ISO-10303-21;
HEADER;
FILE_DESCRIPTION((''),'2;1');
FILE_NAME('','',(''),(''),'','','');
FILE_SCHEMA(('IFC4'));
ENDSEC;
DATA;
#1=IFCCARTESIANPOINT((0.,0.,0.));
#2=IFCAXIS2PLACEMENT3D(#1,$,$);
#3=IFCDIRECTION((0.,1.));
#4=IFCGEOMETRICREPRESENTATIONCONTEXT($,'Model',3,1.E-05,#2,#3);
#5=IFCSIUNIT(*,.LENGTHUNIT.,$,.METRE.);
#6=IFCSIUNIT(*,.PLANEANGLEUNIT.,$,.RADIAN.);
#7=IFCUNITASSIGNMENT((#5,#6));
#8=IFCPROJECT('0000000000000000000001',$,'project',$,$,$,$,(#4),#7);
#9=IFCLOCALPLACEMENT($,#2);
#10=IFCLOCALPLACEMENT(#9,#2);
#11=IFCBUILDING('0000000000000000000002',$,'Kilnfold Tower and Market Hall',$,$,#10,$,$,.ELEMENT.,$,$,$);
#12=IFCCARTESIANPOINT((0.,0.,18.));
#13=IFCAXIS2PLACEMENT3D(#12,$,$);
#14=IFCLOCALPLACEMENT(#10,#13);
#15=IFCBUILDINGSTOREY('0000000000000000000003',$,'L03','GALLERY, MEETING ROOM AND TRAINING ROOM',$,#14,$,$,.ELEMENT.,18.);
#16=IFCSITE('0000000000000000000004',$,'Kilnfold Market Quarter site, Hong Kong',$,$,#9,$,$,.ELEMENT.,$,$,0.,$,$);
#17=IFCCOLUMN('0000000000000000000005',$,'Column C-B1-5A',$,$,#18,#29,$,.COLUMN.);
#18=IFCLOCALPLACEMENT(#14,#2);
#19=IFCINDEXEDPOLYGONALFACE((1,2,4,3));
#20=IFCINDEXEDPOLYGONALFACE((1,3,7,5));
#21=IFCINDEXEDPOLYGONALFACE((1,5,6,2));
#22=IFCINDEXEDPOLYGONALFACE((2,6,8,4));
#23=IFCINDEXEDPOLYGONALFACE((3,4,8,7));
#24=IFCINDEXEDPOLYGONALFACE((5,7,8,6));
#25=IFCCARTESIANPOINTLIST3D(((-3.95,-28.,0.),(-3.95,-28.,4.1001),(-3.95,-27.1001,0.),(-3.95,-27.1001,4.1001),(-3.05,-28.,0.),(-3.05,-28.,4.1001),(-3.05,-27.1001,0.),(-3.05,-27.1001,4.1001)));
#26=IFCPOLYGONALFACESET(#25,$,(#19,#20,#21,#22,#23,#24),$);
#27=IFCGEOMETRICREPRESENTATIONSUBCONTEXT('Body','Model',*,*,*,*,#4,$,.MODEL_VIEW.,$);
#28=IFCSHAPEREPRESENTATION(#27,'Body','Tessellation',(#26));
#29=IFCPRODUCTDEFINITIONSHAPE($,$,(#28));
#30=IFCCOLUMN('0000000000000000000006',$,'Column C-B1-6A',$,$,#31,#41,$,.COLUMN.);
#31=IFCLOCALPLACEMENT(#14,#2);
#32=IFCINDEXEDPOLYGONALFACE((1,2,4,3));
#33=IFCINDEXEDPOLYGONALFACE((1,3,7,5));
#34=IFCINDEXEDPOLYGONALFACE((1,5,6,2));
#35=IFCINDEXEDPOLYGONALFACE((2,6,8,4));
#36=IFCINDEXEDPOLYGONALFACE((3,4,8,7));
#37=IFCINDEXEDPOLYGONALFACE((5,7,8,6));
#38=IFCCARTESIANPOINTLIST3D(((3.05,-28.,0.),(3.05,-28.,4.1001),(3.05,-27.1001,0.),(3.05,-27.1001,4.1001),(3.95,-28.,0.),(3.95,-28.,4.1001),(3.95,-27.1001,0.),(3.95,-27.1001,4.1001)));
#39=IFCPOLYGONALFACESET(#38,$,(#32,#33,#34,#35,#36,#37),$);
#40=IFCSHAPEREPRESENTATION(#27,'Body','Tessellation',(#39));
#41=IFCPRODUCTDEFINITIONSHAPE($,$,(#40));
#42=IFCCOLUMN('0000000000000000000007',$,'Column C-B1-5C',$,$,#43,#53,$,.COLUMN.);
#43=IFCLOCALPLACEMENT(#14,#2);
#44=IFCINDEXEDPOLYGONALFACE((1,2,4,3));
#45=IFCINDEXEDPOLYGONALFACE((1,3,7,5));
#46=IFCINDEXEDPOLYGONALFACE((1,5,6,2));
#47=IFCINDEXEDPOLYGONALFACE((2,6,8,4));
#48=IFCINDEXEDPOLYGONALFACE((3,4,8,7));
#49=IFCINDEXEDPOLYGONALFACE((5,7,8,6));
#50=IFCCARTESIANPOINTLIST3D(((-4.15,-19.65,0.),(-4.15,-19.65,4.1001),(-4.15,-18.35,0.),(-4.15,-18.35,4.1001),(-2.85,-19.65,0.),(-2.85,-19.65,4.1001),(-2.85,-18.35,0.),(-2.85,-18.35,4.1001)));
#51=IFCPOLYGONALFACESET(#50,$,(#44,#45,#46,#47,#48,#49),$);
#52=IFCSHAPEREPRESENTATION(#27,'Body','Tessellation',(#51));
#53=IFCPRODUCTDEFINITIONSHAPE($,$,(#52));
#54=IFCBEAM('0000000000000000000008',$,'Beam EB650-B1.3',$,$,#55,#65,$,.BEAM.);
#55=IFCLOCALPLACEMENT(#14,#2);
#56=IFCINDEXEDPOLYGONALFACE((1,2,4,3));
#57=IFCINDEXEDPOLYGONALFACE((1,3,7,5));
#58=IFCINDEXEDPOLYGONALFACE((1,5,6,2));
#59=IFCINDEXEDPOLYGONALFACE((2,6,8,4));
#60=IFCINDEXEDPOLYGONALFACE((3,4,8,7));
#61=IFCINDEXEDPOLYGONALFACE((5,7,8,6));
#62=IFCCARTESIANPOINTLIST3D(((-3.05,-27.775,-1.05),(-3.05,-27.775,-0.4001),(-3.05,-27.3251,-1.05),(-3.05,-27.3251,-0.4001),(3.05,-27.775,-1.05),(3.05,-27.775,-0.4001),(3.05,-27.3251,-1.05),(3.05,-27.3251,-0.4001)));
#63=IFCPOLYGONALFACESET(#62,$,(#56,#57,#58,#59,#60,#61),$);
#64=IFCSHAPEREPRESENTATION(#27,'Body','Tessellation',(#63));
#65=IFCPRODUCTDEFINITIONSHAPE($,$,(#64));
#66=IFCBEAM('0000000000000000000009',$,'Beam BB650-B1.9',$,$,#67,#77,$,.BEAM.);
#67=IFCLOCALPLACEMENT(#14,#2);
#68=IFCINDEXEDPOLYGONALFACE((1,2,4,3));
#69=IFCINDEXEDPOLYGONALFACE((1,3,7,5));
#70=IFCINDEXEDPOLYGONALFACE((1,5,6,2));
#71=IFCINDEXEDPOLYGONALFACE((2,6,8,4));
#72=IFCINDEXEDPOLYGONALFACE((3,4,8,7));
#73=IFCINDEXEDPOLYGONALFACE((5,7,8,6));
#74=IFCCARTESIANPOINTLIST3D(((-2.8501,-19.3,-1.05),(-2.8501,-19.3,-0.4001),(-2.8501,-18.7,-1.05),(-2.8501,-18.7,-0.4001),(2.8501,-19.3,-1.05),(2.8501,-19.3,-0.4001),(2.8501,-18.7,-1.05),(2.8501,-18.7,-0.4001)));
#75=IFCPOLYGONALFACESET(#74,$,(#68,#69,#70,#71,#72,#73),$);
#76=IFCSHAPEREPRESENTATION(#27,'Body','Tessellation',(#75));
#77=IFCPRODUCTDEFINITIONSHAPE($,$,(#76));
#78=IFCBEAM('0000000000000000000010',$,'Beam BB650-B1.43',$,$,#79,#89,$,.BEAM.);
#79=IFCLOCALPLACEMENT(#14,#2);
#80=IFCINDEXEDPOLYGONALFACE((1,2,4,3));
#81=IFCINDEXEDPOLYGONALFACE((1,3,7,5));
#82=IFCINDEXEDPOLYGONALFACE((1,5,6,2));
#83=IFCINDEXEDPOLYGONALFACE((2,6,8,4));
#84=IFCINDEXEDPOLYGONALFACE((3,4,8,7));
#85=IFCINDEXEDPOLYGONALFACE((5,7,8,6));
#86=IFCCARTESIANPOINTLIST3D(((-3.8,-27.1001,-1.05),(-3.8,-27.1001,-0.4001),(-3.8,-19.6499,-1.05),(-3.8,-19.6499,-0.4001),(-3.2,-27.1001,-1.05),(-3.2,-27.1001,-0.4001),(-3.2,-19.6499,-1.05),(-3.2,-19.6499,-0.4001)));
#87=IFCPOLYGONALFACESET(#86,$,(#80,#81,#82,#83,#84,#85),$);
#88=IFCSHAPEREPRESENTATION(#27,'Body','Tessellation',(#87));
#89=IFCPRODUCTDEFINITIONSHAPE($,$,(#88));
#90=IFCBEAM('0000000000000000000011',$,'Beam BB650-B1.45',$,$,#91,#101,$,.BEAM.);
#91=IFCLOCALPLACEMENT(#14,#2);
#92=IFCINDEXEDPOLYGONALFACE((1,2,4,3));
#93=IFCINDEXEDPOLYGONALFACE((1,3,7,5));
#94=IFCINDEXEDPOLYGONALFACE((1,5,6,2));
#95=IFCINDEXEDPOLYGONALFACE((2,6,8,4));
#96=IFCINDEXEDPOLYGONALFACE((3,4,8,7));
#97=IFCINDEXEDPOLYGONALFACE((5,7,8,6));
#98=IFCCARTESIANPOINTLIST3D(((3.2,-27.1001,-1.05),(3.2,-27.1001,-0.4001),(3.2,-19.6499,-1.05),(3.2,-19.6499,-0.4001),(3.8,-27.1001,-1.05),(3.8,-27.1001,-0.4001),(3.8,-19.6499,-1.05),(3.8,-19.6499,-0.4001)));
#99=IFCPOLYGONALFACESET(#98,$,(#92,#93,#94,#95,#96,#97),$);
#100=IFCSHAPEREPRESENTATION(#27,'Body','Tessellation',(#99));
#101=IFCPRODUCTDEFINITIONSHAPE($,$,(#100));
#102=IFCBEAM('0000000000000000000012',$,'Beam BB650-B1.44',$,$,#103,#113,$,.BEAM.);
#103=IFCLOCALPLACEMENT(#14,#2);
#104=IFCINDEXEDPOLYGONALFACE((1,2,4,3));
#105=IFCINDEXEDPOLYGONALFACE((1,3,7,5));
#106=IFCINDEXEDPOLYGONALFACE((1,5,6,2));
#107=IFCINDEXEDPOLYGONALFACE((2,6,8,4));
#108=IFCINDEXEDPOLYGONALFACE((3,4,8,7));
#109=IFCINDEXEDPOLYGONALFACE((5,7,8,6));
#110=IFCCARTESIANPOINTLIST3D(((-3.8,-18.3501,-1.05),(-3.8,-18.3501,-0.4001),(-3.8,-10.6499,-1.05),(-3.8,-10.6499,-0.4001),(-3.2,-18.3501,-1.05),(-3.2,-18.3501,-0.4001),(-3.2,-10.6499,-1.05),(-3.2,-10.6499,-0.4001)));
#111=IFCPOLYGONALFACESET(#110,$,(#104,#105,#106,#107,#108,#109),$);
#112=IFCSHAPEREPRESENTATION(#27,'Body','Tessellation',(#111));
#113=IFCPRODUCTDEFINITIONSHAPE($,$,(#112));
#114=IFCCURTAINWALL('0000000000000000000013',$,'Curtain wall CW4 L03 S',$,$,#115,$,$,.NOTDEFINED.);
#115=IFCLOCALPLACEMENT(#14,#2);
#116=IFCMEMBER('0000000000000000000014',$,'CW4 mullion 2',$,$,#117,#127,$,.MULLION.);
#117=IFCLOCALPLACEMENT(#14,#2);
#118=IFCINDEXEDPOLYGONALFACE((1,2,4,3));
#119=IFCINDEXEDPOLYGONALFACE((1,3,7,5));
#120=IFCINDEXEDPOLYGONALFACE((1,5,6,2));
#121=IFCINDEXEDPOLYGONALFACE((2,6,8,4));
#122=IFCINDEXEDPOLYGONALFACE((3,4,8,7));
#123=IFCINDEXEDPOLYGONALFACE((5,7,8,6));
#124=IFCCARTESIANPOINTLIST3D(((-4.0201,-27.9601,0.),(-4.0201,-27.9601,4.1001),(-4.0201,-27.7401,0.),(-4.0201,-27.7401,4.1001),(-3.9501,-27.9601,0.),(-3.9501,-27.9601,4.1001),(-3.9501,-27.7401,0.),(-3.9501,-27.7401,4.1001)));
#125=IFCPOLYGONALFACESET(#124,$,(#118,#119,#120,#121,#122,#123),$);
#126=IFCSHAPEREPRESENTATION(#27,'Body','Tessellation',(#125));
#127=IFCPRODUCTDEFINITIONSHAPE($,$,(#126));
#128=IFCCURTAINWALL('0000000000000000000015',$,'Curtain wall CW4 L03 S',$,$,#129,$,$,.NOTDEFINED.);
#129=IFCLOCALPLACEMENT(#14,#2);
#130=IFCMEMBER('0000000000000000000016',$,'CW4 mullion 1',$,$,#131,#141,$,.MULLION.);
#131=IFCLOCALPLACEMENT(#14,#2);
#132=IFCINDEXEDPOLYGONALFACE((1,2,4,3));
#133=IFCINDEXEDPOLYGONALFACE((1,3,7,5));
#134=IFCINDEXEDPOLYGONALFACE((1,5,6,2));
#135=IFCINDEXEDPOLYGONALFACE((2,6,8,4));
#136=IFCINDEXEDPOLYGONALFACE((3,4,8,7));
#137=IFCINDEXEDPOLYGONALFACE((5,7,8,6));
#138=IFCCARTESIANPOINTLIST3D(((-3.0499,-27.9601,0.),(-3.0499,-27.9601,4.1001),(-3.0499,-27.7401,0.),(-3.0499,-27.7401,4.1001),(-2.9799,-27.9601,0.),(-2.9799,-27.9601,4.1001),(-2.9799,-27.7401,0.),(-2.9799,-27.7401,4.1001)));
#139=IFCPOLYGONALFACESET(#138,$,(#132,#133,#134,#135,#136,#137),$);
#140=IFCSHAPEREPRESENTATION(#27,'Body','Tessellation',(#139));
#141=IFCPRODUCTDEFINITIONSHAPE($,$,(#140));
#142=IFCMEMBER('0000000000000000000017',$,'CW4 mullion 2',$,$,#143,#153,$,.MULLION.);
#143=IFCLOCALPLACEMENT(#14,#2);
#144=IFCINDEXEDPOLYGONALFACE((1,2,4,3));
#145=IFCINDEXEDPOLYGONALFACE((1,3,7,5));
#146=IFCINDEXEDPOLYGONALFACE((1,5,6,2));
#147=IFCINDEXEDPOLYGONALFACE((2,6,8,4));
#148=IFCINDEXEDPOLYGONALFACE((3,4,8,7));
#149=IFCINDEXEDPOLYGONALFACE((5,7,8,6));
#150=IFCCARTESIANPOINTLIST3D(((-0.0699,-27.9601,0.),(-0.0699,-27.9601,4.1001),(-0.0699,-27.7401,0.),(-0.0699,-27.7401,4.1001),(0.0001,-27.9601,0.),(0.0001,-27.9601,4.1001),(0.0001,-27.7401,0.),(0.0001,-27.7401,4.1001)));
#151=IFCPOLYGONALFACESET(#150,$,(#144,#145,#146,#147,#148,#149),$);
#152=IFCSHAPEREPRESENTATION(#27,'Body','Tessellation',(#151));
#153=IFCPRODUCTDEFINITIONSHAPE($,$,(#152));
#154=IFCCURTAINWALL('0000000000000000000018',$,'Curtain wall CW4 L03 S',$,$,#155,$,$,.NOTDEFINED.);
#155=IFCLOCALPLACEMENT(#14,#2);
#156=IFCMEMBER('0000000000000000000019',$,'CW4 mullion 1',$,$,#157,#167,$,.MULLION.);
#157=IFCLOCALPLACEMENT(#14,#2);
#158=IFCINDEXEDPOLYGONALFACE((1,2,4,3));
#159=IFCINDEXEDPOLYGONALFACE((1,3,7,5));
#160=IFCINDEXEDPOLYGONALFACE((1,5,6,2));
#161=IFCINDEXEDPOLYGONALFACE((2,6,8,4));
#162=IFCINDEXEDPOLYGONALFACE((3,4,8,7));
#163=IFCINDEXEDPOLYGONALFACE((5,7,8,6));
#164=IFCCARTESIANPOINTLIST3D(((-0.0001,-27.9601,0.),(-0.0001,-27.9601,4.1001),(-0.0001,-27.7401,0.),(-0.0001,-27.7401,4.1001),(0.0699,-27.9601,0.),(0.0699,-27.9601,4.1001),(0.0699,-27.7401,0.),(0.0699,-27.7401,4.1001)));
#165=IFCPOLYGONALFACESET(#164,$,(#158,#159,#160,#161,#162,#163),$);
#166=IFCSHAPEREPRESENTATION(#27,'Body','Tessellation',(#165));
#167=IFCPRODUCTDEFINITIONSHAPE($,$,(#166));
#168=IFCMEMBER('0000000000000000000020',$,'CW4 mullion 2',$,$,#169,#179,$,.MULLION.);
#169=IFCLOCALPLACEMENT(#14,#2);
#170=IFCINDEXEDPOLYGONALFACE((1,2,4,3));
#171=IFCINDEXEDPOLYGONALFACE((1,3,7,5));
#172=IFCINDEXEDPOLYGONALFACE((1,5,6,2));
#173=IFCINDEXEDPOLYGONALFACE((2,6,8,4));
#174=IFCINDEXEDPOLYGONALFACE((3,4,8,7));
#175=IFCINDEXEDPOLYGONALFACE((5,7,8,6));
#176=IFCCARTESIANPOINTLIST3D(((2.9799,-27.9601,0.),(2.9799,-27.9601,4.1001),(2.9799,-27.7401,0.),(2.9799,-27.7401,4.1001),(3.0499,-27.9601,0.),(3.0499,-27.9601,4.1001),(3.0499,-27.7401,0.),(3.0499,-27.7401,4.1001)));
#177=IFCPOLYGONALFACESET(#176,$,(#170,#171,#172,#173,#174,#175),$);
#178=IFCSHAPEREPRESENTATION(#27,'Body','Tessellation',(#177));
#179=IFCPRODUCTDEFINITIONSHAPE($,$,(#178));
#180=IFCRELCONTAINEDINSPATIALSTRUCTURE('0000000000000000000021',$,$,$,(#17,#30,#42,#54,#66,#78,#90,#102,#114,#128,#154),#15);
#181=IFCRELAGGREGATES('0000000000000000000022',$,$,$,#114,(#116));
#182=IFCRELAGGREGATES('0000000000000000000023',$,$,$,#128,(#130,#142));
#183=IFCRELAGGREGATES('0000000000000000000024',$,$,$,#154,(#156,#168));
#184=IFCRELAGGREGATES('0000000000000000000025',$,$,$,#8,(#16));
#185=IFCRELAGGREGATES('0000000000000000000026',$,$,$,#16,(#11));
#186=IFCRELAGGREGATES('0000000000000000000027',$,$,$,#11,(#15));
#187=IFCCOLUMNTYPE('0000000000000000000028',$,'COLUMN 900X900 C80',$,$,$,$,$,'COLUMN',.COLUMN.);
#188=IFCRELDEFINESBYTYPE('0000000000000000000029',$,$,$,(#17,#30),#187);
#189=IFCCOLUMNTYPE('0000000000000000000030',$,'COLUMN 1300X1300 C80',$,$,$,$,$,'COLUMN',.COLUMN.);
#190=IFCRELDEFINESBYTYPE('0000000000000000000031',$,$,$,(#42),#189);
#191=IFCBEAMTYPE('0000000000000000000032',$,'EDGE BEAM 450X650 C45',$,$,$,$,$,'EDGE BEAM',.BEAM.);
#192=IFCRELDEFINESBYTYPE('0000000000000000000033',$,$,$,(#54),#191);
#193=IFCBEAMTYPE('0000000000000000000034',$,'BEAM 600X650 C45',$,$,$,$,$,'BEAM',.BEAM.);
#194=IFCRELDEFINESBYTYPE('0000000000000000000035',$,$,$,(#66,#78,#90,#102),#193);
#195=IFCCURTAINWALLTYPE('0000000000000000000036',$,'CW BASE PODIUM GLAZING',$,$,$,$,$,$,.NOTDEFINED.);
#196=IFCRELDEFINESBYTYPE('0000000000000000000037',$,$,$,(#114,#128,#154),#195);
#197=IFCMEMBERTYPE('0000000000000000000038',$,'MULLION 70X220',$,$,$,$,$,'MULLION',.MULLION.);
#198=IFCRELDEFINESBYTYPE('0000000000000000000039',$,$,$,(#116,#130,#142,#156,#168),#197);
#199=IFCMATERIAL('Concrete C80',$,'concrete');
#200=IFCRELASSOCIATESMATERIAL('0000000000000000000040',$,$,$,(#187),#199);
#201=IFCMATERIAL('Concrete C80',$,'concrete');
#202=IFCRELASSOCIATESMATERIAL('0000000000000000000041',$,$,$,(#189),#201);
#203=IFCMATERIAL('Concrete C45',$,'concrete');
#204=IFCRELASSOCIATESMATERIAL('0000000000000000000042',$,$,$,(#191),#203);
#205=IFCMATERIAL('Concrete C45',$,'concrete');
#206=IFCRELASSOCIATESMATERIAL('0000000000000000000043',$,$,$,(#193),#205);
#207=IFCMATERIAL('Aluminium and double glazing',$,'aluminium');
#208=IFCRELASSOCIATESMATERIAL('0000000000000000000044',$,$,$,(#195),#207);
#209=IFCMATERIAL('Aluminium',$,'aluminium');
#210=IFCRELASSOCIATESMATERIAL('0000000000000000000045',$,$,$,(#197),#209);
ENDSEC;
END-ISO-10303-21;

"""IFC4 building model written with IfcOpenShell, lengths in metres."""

from ifc_helpers import new_model, si_unit, direction, frame, origin, origin_2d, place, context, subcontext, project, spatial, rectangle, extrude, source, transform, mapped, material, material_profile, profile_set, type_object, element, aggregate, save


model = new_model("IFC4")

# Units and contexts
model_context = context("Model", 3, precision=1e-05, world=origin(), true_north=direction((0.0, 1.0)))
body_context = subcontext(model_context, "Body", "Model", "MODEL_VIEW")
ifc_project = project(units=[si_unit("LENGTHUNIT", "METRE"), si_unit("PLANEANGLEUNIT", "RADIAN")], contexts=[model_context])

# Site, building, storey
site_placement = place(None, origin())
site = spatial("IfcSite", under=ifc_project, at=site_placement, Name="Kilnfold Market Quarter site, Hong Kong", CompositionType="ELEMENT", RefElevation=0.0)
building_placement = place(site_placement, origin())
building = spatial("IfcBuilding", under=site, at=building_placement, Name="Kilnfold Tower and Market Hall", CompositionType="ELEMENT")
storey_placement = place(building_placement, frame((0.0, 0.0, 18.0)))
storey = spatial("IfcBuildingStorey", under=building, at=storey_placement, Name="L03", Description="GALLERY, MEETING ROOM AND TRAINING ROOM", CompositionType="ELEMENT", Elevation=18.0)

# Columns
ifc_material_1 = material(Name="Concrete C80", Category="concrete")
ifc_material_profile_1 = material_profile(ifc_material_1, rectangle(XDim=0.8999, YDim=0.8999, at=origin_2d()), Name="RC 900x900")
ifc_profile_set_1 = profile_set([ifc_material_profile_1], Name="Concrete C80")
column_type_1 = type_object("IfcColumnType", Name="COLUMN 900X900 C80", ElementType="COLUMN", PredefinedType="COLUMN", material=ifc_profile_set_1)
shared_shape_1 = source(origin(), body_context, "Body", "SweptSolid", [
    extrude(rectangle(XDim=0.8999, YDim=0.8999, at=origin_2d()), origin(), (0.0, 0.0, 1.0), 4.1001),
])
for number, where, z_axis, x_axis, name in (
    (1, (-3.5, -27.55, 0.0), (0.0, 0.0, 1.0), (1.0, 0.0, 0.0), "Column C-B1-5A"),
    (2, (3.5, -27.55, 0.0), (0.0, 0.0, 1.0), (1.0, 0.0, 0.0), "Column C-B1-6A"),
):
    element("IfcColumn", number, at=place(storey_placement, frame(where, z_axis=z_axis, x_axis=x_axis)), inside=storey, type_object=column_type_1, Name=name, PredefinedType="COLUMN", context=body_context, shape_type="MappedRepresentation", body=[
        mapped(shared_shape_1, transform((0.0, 0.0, 0.0))),
    ])
ifc_material_2 = material(Name="Concrete C80", Category="concrete")
ifc_material_profile_2 = material_profile(ifc_material_2, rectangle(XDim=1.3, YDim=1.3, at=origin_2d()), Name="RC 1300x1300")
ifc_profile_set_2 = profile_set([ifc_material_profile_2], Name="Concrete C80")
column_type_2 = type_object("IfcColumnType", Name="COLUMN 1300X1300 C80", ElementType="COLUMN", PredefinedType="COLUMN", material=ifc_profile_set_2)
shared_shape_2 = source(origin(), body_context, "Body", "SweptSolid", [
    extrude(rectangle(XDim=1.3, YDim=1.3, at=origin_2d()), origin(), (0.0, 0.0, 1.0), 4.1001),
])
column_placement = place(storey_placement, frame((-3.5, -19.0, 0.0), z_axis=(0.0, 0.0, 1.0), x_axis=(1.0, 0.0, 0.0)))
element("IfcColumn", 3, at=column_placement, inside=storey, type_object=column_type_2, Name="Column C-B1-5C", PredefinedType="COLUMN", context=body_context, shape_type="MappedRepresentation", body=[
    mapped(shared_shape_2, transform((0.0, 0.0, 0.0))),
])

# Beams
ifc_material_3 = material(Name="Concrete C45", Category="concrete")
ifc_material_profile_3 = material_profile(ifc_material_3, rectangle(XDim=0.45, YDim=0.6499, at=origin_2d()), Name="RC 450x650")
ifc_profile_set_3 = profile_set([ifc_material_profile_3], Name="Concrete C45")
beam_type_1 = type_object("IfcBeamType", Name="EDGE BEAM 450X650 C45", ElementType="EDGE BEAM", PredefinedType="BEAM", material=ifc_profile_set_3)
shared_shape_3 = source(origin(), body_context, "Body", "SweptSolid", [
    extrude(rectangle(XDim=0.45, YDim=0.6499, at=origin_2d()), origin(), (0.0, 0.0, 1.0), 6.1001),
])
beam_1_placement = place(storey_placement, frame((-3.05, -27.55, -0.7251), z_axis=(1.0, 0.0, 0.0), x_axis=(0.0, 1.0, 0.0)))
element("IfcBeam", 4, at=beam_1_placement, inside=storey, type_object=beam_type_1, Name="Beam EB650-B1.3", PredefinedType="BEAM", context=body_context, shape_type="MappedRepresentation", body=[
    mapped(shared_shape_3, transform((0.0, 0.0, 0.0))),
])
ifc_material_4 = material(Name="Concrete C45", Category="concrete")
ifc_material_profile_4 = material_profile(ifc_material_4, rectangle(XDim=0.6001, YDim=0.6499, at=origin_2d()), Name="RC 600x650")
ifc_profile_set_4 = profile_set([ifc_material_profile_4], Name="Concrete C45")
beam_type_2 = type_object("IfcBeamType", Name="BEAM 600X650 C45", ElementType="BEAM", PredefinedType="BEAM", material=ifc_profile_set_4)
shared_shape_4 = source(origin(), body_context, "Body", "SweptSolid", [
    extrude(rectangle(XDim=0.6001, YDim=0.6499, at=origin_2d()), origin(), (0.0, 0.0, 1.0), 5.7002),
])
beam_2_placement = place(storey_placement, frame((-2.8501, -19.0, -0.7251), z_axis=(1.0, 0.0, 0.0), x_axis=(0.0, 1.0, 0.0)))
element("IfcBeam", 5, at=beam_2_placement, inside=storey, type_object=beam_type_2, Name="Beam BB650-B1.9", PredefinedType="BEAM", context=body_context, shape_type="MappedRepresentation", body=[
    mapped(shared_shape_4, transform((0.0, 0.0, 0.0))),
])
shared_shape_5 = source(origin(), body_context, "Body", "SweptSolid", [
    extrude(rectangle(XDim=0.6001, YDim=0.6499, at=origin_2d()), origin(), (0.0, 0.0, 1.0), 7.4502),
])
for number, where, z_axis, x_axis, name in (
    (6, (-3.5, -27.1001, -0.7251), (0.0, 1.0, 0.0), (-1.0, 0.0, 0.0), "Beam BB650-B1.43"),
    (7, (3.5, -27.1001, -0.7251), (0.0, 1.0, 0.0), (-1.0, 0.0, 0.0), "Beam BB650-B1.45"),
):
    element("IfcBeam", number, at=place(storey_placement, frame(where, z_axis=z_axis, x_axis=x_axis)), inside=storey, type_object=beam_type_2, Name=name, PredefinedType="BEAM", context=body_context, shape_type="MappedRepresentation", body=[
        mapped(shared_shape_5, transform((0.0, 0.0, 0.0))),
    ])
shared_shape_6 = source(origin(), body_context, "Body", "SweptSolid", [
    extrude(rectangle(XDim=0.6001, YDim=0.6499, at=origin_2d()), origin(), (0.0, 0.0, 1.0), 7.7002),
])
beam_3_placement = place(storey_placement, frame((-3.5, -18.3501, -0.7251), z_axis=(0.0, 1.0, 0.0), x_axis=(-1.0, 0.0, 0.0)))
element("IfcBeam", 8, at=beam_3_placement, inside=storey, type_object=beam_type_2, Name="Beam BB650-B1.44", PredefinedType="BEAM", context=body_context, shape_type="MappedRepresentation", body=[
    mapped(shared_shape_6, transform((0.0, 0.0, 0.0))),
])

# Curtain wall, member
ifc_material_5 = material(Name="Aluminium and double glazing", Category="aluminium")
curtain_wall_type = type_object("IfcCurtainWallType", Name="CW BASE PODIUM GLAZING", PredefinedType="NOTDEFINED", material=ifc_material_5)
curtain_wall_1_placement = place(storey_placement, origin())
curtain_wall_1 = element("IfcCurtainWall", 9, at=curtain_wall_1_placement, inside=storey, type_object=curtain_wall_type, Name="Curtain wall CW4 L03 S", PredefinedType="NOTDEFINED")
ifc_material_6 = material(Name="Aluminium", Category="aluminium")
ifc_material_profile_5 = material_profile(ifc_material_6, rectangle(XDim=0.0701, YDim=0.22, at=origin_2d()), Name="MULLION 70x220")
ifc_profile_set_5 = profile_set([ifc_material_profile_5], Name="Aluminium")
member_type_1 = type_object("IfcMemberType", Name="MULLION 70X220", ElementType="MULLION", PredefinedType="MULLION", material=ifc_profile_set_5)
shared_shape_7 = source(origin(), body_context, "Body", "SweptSolid", [
    extrude(rectangle(XDim=0.0701, YDim=0.22, at=origin_2d()), origin(), (0.0, 0.0, 1.0), 4.1001),
])
member_1_placement = place(storey_placement, frame((-3.9851, -27.8501, 0.0), z_axis=(0.0, 0.0, 1.0), x_axis=(1.0, 0.0, 0.0)))
member_1 = element("IfcMember", 10, at=member_1_placement, type_object=member_type_1, Name="CW4 mullion 2", PredefinedType="MULLION", context=body_context, shape_type="MappedRepresentation", body=[
    mapped(shared_shape_7, transform((0.0, 0.0, 0.0))),
])
aggregate(curtain_wall_1, [member_1])

# Curtain walls, members
curtain_wall_2_placement = place(storey_placement, origin())
curtain_wall_2 = element("IfcCurtainWall", 11, at=curtain_wall_2_placement, inside=storey, type_object=curtain_wall_type, Name="Curtain wall CW4 L03 S", PredefinedType="NOTDEFINED")
member_2_placement = place(storey_placement, frame((-3.0149, -27.8501, 0.0), z_axis=(0.0, 0.0, 1.0), x_axis=(1.0, 0.0, 0.0)))
member_2 = element("IfcMember", 12, at=member_2_placement, type_object=member_type_1, Name="CW4 mullion 1", PredefinedType="MULLION", context=body_context, shape_type="MappedRepresentation", body=[
    mapped(shared_shape_7, transform((0.0, 0.0, 0.0))),
])
member_3_placement = place(storey_placement, frame((-0.0349, -27.8501, 0.0), z_axis=(0.0, 0.0, 1.0), x_axis=(1.0, 0.0, 0.0)))
member_3 = element("IfcMember", 13, at=member_3_placement, type_object=member_type_1, Name="CW4 mullion 2", PredefinedType="MULLION", context=body_context, shape_type="MappedRepresentation", body=[
    mapped(shared_shape_7, transform((0.0, 0.0, 0.0))),
])
curtain_wall_3_placement = place(storey_placement, origin())
curtain_wall_3 = element("IfcCurtainWall", 14, at=curtain_wall_3_placement, inside=storey, type_object=curtain_wall_type, Name="Curtain wall CW4 L03 S", PredefinedType="NOTDEFINED")
member_4_placement = place(storey_placement, frame((0.0349, -27.8501, 0.0), z_axis=(0.0, 0.0, 1.0), x_axis=(1.0, 0.0, 0.0)))
member_4 = element("IfcMember", 15, at=member_4_placement, type_object=member_type_1, Name="CW4 mullion 1", PredefinedType="MULLION", context=body_context, shape_type="MappedRepresentation", body=[
    mapped(shared_shape_7, transform((0.0, 0.0, 0.0))),
])
member_5_placement = place(storey_placement, frame((3.0149, -27.8501, 0.0), z_axis=(0.0, 0.0, 1.0), x_axis=(1.0, 0.0, 0.0)))
member_5 = element("IfcMember", 16, at=member_5_placement, type_object=member_type_1, Name="CW4 mullion 2", PredefinedType="MULLION", context=body_context, shape_type="MappedRepresentation", body=[
    mapped(shared_shape_7, transform((0.0, 0.0, 0.0))),
])

aggregate(curtain_wall_2, [member_2, member_3])
aggregate(curtain_wall_3, [member_4, member_5])

save(model, "model.ifc")
